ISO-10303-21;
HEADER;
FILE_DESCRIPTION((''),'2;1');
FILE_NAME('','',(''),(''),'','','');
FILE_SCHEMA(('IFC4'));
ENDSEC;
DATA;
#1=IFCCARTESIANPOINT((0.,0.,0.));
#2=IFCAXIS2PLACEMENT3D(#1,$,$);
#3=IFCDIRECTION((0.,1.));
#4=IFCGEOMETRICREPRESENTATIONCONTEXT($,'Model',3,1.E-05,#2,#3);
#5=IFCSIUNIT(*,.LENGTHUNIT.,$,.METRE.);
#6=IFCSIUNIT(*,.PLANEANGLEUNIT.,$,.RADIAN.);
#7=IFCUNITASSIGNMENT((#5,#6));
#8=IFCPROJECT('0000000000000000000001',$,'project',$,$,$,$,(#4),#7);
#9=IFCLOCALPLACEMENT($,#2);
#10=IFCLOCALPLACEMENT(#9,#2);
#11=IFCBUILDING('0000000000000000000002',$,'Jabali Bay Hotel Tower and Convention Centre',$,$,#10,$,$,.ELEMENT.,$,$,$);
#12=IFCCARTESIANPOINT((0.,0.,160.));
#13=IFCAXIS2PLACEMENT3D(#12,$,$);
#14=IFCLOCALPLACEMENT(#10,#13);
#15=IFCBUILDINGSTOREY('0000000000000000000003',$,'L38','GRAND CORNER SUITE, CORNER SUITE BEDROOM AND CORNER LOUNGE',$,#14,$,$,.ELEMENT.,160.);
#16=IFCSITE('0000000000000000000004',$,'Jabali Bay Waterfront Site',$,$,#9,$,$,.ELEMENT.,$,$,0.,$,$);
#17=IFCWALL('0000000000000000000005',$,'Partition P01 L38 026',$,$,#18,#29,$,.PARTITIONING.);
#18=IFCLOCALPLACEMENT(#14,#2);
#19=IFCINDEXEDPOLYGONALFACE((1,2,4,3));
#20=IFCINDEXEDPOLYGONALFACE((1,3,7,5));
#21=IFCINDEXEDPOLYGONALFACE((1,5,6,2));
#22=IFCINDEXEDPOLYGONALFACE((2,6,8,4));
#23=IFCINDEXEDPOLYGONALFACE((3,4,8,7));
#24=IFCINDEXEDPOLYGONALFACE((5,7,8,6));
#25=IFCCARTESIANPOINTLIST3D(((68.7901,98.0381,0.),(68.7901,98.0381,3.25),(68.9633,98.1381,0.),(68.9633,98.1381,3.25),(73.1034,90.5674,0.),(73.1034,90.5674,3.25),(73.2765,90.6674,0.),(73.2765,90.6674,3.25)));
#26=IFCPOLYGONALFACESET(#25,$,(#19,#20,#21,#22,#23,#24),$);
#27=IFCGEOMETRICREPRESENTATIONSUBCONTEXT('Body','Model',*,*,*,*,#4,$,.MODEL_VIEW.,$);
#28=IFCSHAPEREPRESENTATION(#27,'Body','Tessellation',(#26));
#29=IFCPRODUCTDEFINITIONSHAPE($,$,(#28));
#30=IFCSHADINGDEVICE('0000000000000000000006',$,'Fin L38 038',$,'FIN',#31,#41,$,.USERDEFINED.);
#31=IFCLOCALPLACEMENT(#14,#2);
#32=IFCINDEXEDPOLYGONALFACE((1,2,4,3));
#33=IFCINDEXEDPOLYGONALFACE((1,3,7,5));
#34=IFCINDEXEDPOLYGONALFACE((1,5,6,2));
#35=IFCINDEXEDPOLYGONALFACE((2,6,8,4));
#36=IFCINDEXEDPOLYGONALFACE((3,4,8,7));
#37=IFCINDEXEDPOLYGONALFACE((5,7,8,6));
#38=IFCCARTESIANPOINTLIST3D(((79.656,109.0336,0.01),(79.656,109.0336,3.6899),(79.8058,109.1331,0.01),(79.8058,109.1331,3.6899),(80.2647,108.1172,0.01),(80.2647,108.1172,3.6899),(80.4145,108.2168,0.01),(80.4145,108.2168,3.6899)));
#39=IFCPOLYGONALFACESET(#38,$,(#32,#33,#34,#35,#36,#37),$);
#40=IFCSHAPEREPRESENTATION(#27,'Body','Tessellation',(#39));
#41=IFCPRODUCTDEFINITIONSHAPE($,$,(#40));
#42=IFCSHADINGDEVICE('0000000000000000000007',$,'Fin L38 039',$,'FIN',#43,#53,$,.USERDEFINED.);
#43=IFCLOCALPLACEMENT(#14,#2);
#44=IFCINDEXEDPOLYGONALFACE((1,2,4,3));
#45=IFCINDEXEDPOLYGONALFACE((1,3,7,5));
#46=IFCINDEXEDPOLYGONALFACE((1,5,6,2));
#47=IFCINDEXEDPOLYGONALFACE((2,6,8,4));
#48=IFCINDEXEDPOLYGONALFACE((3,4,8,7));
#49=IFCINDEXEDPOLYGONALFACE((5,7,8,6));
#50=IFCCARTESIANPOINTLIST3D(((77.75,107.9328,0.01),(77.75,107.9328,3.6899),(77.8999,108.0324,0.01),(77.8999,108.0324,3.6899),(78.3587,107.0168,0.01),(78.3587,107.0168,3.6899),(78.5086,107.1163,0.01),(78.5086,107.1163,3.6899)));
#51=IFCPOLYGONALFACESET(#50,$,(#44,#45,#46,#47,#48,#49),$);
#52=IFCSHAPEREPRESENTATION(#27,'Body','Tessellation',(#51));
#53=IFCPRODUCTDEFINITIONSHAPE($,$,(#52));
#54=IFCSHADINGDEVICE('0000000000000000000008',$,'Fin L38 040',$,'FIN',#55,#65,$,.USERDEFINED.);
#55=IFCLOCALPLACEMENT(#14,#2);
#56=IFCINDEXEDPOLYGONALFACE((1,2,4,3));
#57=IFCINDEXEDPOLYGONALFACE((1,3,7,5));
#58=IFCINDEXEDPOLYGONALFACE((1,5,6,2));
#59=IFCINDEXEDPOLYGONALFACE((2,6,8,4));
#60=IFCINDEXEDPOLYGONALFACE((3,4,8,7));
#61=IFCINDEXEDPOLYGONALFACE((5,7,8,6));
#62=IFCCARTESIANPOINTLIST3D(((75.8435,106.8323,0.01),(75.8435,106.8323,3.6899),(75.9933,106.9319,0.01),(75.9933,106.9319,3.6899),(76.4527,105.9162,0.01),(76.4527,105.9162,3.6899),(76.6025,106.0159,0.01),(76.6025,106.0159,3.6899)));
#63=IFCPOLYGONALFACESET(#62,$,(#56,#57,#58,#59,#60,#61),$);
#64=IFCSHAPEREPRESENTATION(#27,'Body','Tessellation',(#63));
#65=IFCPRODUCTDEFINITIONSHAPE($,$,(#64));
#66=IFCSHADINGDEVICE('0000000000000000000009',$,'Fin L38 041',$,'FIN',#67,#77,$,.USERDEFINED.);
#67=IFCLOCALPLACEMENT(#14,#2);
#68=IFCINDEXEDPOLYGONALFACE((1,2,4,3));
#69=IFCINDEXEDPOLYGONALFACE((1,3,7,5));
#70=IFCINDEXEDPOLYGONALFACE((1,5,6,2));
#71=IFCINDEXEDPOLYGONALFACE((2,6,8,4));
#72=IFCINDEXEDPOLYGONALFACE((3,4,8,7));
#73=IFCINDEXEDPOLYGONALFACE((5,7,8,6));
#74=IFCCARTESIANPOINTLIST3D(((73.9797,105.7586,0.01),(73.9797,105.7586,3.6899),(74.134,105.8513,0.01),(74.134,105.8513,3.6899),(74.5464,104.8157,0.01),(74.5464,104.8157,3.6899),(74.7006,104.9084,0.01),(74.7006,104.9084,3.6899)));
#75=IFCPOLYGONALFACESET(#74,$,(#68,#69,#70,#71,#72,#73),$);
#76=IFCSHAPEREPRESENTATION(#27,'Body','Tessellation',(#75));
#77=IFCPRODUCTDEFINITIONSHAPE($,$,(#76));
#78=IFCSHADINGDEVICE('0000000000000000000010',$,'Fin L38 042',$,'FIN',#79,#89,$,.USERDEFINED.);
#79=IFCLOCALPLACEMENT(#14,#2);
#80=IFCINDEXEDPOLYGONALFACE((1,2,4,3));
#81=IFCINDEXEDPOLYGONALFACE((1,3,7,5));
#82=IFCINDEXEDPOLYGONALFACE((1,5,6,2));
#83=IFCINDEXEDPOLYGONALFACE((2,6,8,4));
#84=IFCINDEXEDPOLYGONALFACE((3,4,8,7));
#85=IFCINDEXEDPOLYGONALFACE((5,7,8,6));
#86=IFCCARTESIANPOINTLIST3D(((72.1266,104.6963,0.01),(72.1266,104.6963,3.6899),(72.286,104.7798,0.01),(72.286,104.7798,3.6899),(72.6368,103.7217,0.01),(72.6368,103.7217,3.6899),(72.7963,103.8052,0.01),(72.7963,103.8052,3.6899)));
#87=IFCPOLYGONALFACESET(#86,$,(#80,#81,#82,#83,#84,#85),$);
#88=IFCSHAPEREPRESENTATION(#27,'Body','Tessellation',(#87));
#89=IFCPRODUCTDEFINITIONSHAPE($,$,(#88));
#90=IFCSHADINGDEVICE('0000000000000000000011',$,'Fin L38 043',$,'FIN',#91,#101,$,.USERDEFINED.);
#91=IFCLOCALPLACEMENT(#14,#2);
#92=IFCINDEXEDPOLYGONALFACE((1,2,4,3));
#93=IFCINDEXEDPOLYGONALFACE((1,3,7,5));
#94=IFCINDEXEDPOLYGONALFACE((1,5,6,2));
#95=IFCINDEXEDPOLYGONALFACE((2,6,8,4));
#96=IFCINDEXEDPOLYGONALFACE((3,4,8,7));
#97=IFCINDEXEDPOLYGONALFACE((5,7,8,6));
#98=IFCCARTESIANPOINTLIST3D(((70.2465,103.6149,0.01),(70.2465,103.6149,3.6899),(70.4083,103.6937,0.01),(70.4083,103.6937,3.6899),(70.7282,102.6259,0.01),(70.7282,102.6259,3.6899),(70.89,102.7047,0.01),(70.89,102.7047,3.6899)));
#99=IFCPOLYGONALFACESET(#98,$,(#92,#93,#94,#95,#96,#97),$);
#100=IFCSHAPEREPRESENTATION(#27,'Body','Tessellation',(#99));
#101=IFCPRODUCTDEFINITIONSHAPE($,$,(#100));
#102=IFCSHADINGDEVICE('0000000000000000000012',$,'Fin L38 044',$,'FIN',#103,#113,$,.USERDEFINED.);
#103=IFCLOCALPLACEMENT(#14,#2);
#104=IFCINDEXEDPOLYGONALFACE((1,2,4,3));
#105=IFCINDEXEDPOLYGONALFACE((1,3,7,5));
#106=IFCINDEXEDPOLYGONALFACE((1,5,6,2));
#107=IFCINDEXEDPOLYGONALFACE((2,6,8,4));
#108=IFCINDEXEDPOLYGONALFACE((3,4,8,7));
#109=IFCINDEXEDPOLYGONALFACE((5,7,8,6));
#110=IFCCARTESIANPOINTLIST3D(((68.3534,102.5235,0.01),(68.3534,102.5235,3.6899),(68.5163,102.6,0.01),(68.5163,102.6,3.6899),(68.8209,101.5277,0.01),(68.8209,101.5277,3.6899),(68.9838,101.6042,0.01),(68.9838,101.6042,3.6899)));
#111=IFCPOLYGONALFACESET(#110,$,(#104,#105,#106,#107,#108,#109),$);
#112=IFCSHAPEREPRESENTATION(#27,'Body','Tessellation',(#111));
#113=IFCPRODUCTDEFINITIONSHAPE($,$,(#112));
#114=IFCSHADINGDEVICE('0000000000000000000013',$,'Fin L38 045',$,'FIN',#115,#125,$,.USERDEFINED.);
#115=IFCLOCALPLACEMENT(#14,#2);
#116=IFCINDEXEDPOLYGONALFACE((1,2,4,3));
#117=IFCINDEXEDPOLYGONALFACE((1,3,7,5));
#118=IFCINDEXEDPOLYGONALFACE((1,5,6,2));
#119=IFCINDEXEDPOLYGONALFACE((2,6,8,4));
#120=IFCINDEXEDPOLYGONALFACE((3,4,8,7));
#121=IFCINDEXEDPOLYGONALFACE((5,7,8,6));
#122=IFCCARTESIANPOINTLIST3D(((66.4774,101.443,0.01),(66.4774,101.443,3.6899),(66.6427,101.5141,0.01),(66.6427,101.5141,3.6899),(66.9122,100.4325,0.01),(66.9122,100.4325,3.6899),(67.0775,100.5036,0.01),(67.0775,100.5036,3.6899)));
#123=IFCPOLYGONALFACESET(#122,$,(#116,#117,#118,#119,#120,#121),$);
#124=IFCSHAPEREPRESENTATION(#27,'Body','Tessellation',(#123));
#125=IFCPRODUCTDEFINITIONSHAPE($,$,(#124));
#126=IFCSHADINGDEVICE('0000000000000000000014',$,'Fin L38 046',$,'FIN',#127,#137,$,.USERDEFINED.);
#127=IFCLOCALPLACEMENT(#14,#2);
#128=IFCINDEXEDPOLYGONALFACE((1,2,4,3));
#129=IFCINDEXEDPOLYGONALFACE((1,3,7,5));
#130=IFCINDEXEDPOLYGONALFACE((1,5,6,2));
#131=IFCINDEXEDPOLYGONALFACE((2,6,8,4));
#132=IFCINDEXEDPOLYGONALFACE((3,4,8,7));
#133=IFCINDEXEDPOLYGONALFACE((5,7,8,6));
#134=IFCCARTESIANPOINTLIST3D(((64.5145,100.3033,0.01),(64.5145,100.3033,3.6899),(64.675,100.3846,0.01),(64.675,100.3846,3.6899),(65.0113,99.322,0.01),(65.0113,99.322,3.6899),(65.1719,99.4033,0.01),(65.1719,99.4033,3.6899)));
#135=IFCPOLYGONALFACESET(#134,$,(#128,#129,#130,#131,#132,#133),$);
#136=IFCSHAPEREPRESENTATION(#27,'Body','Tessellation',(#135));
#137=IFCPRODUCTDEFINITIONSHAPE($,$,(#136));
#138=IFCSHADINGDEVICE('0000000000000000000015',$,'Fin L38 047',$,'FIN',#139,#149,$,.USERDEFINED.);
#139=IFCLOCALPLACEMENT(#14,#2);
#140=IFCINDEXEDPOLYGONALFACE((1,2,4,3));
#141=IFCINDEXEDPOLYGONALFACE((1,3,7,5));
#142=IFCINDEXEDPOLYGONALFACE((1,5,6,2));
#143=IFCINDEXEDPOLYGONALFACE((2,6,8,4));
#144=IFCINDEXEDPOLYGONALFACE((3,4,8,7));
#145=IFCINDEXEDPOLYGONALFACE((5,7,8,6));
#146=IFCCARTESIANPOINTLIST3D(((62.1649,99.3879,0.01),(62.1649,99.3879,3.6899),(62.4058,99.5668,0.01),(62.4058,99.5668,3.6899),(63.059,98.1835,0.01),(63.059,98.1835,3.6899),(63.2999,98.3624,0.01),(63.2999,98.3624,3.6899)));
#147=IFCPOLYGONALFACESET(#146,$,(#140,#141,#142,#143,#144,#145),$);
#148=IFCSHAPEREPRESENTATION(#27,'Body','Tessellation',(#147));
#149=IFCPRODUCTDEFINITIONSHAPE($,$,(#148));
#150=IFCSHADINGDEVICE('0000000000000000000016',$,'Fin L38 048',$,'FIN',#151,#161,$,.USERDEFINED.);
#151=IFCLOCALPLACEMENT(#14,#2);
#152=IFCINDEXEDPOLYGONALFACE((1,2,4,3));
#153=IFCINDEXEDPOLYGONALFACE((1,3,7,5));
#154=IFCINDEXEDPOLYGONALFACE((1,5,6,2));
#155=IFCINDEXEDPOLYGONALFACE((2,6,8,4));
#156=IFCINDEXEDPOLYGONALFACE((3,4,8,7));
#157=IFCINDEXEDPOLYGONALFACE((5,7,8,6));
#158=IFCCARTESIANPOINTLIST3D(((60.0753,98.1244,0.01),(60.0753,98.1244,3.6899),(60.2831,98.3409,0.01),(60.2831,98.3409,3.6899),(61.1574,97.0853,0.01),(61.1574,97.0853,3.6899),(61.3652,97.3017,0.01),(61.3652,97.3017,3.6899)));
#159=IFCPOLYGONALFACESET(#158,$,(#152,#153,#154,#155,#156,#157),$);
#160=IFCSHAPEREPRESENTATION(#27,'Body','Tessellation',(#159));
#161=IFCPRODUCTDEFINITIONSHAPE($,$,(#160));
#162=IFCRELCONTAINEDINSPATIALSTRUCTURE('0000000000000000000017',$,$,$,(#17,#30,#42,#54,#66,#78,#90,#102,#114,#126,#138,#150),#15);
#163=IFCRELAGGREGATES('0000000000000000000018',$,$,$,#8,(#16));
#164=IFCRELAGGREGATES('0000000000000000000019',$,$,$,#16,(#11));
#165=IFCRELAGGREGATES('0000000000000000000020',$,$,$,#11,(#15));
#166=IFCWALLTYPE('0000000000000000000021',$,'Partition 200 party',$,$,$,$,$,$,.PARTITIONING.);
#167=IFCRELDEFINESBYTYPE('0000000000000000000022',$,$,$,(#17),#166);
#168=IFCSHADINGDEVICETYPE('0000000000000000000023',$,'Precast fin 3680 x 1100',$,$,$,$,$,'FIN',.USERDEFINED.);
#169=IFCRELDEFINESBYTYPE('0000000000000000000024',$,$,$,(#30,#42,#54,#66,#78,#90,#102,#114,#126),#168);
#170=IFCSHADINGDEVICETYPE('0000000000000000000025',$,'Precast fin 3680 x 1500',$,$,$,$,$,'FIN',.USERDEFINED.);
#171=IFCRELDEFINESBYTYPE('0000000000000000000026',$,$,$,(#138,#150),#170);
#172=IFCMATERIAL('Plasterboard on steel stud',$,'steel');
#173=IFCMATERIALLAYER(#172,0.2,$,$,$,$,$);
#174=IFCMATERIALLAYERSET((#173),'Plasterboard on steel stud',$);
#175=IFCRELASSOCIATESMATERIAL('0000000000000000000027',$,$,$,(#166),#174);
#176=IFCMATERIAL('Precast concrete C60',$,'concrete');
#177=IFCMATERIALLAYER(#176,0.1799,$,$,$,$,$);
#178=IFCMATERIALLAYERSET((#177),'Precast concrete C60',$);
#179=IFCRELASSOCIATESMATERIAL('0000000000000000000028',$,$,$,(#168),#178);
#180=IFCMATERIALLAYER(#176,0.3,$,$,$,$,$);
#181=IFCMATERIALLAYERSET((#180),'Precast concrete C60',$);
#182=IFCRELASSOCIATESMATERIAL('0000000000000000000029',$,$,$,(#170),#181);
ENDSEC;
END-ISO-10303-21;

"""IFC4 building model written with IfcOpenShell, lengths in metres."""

from ifc_helpers import new_model, si_unit, direction, frame, frame_2d, origin, place, context, subcontext, project, spatial, rectangle, extrude, material, layer, layer_set, type_object, element, save


model = new_model("IFC4")

# Units and contexts
model_context = context("Model", 3, precision=1e-05, world=origin(), true_north=direction((0.0, 1.0)))
body_context = subcontext(model_context, "Body", "Model", "MODEL_VIEW")
ifc_project = project(units=[si_unit("LENGTHUNIT", "METRE"), si_unit("PLANEANGLEUNIT", "RADIAN")], contexts=[model_context])

# Site, building, storey
site_placement = place(None, origin())
site = spatial("IfcSite", under=ifc_project, at=site_placement, Name="Jabali Bay Waterfront Site", CompositionType="ELEMENT", RefElevation=0.0)
building_placement = place(site_placement, origin())
building = spatial("IfcBuilding", under=site, at=building_placement, Name="Jabali Bay Hotel Tower and Convention Centre", CompositionType="ELEMENT")
storey_placement = place(building_placement, frame((0.0, 0.0, 160.0)))
storey = spatial("IfcBuildingStorey", under=building, at=storey_placement, Name="L38", Description="GRAND CORNER SUITE, CORNER SUITE BEDROOM AND CORNER LOUNGE", CompositionType="ELEMENT", Elevation=160.0)

# Shared definitions
ifc_material_1 = material(Name="Plasterboard on steel stud", Category="steel")

# Wall
ifc_layer_1 = layer(ifc_material_1, 0.2)
ifc_layer_set_1 = layer_set([ifc_layer_1], Name="Plasterboard on steel stud")
wall_type_1 = type_object("IfcWallType", Name="Partition 200 party", PredefinedType="PARTITIONING", material=ifc_layer_set_1)
wall_1_placement = place(storey_placement, frame((68.8767, 98.0881, 0.0), z_axis=(0.0, 0.0, 1.0), x_axis=(0.500002, -0.866024, 0.0)))
element("IfcWall", 1, at=wall_1_placement, inside=storey, type_object=wall_type_1, Name="Partition P01 L38 026", PredefinedType="PARTITIONING", context=body_context, shape_type="SweptSolid", body=[
    extrude(rectangle(XDim=8.6265, YDim=0.2, at=frame_2d((4.3132, 0.0))), origin(), (0.0, 0.0, 1.0), 3.25),
])

# Shading devices
ifc_material_2 = material(Name="Precast concrete C60", Category="concrete")
ifc_layer_2 = layer(ifc_material_2, 0.1799)
ifc_layer_set_2 = layer_set([ifc_layer_2], Name="Precast concrete C60")
shading_device_type_1 = type_object("IfcShadingDeviceType", Name="Precast fin 3680 x 1100", ElementType="FIN", PredefinedType="USERDEFINED", material=ifc_layer_set_2)
shading_device_1_placement = place(storey_placement, frame((80.3396, 108.167, 0.01), z_axis=(0.0, 0.0, 1.0), x_axis=(-0.553317, 0.832971, 0.0)))
element("IfcShadingDevice", 2, at=shading_device_1_placement, inside=storey, type_object=shading_device_type_1, Name="Fin L38 038", ObjectType="FIN", PredefinedType="USERDEFINED", context=body_context, shape_type="SweptSolid", body=[
    extrude(rectangle(XDim=1.1001, YDim=0.1799, at=frame_2d((0.55, 0.0))), origin(), (0.0, 0.0, 1.0), 3.6799),
])
shading_device_2_placement = place(storey_placement, frame((78.4336, 107.0667, 0.01), z_axis=(0.0, 0.0, 1.0), x_axis=(-0.553419, 0.832903, 0.0)))
element("IfcShadingDevice", 3, at=shading_device_2_placement, inside=storey, type_object=shading_device_type_1, Name="Fin L38 039", ObjectType="FIN", PredefinedType="USERDEFINED", context=body_context, shape_type="SweptSolid", body=[
    extrude(rectangle(XDim=1.0999, YDim=0.1799, at=frame_2d((0.5498, 0.0))), origin(), (0.0, 0.0, 1.0), 3.6799),
])
for number, where, z_axis, x_axis, name in (
    (4, (76.5276, 105.9661, 0.01), (0.0, 0.0, 1.0), (-0.553727, 0.832698, 0.0), "Fin L38 040"),
    (5, (74.6235, 104.8621, 0.01), (0.0, 0.0, 1.0), (-0.515116, 0.857121, 0.0), "Fin L38 041"),
    (6, (72.7166, 103.7634, 0.01), (0.0, 0.0, 1.0), (-0.463825, 0.885927, 0.0), "Fin L38 042"),
    (7, (70.8091, 102.6653, 0.01), (0.0, 0.0, 1.0), (-0.437868, 0.899039, 0.0), "Fin L38 043"),
    (8, (68.9023, 101.5659, 0.01), (0.0, 0.0, 1.0), (-0.424974, 0.905206, 0.0), "Fin L38 044"),
    (9, (66.9949, 100.468, 0.01), (0.0, 0.0, 1.0), (-0.395258, 0.91857, 0.0), "Fin L38 045"),
):
    element("IfcShadingDevice", number, at=place(storey_placement, frame(where, z_axis=z_axis, x_axis=x_axis)), inside=storey, type_object=shading_device_type_1, Name=name, ObjectType="FIN", PredefinedType="USERDEFINED", context=body_context, shape_type="SweptSolid", body=[
        extrude(rectangle(XDim=1.1001, YDim=0.1799, at=frame_2d((0.55, 0.0))), origin(), (0.0, 0.0, 1.0), 3.6799),
    ])
shading_device_3_placement = place(storey_placement, frame((65.0916, 99.3628, 0.01), z_axis=(0.0, 0.0, 1.0), x_axis=(-0.451736, 0.892151, 0.0)))
element("IfcShadingDevice", 10, at=shading_device_3_placement, inside=storey, type_object=shading_device_type_1, Name="Fin L38 046", ObjectType="FIN", PredefinedType="USERDEFINED", context=body_context, shape_type="SweptSolid", body=[
    extrude(rectangle(XDim=1.0999, YDim=0.1799, at=frame_2d((0.5498, 0.0))), origin(), (0.0, 0.0, 1.0), 3.6799),
])
ifc_layer_3 = layer(ifc_material_2, 0.3)
ifc_layer_set_3 = layer_set([ifc_layer_3], Name="Precast concrete C60")
shading_device_type_2 = type_object("IfcShadingDeviceType", Name="Precast fin 3680 x 1500", ElementType="FIN", PredefinedType="USERDEFINED", material=ifc_layer_set_3)
shading_device_4_placement = place(storey_placement, frame((63.1794, 98.2729, 0.01), z_axis=(0.0, 0.0, 1.0), x_axis=(-0.59606, 0.80294, 0.0)))
element("IfcShadingDevice", 11, at=shading_device_4_placement, inside=storey, type_object=shading_device_type_2, Name="Fin L38 047", ObjectType="FIN", PredefinedType="USERDEFINED", context=body_context, shape_type="SweptSolid", body=[
    extrude(rectangle(XDim=1.5, YDim=0.3, at=frame_2d((0.75, 0.0))), origin(), (0.0, 0.0, 1.0), 3.6799),
])
shading_device_5_placement = place(storey_placement, frame((61.2612, 97.1936, 0.01), z_axis=(0.0, 0.0, 1.0), x_axis=(-0.721283, 0.69264, 0.0)))
element("IfcShadingDevice", 12, at=shading_device_5_placement, inside=storey, type_object=shading_device_type_2, Name="Fin L38 048", ObjectType="FIN", PredefinedType="USERDEFINED", context=body_context, shape_type="SweptSolid", body=[
    extrude(rectangle(XDim=1.5002, YDim=0.3, at=frame_2d((0.75, 0.0))), origin(), (0.0, 0.0, 1.0), 3.6799),
])

save(model, "model.ifc")
